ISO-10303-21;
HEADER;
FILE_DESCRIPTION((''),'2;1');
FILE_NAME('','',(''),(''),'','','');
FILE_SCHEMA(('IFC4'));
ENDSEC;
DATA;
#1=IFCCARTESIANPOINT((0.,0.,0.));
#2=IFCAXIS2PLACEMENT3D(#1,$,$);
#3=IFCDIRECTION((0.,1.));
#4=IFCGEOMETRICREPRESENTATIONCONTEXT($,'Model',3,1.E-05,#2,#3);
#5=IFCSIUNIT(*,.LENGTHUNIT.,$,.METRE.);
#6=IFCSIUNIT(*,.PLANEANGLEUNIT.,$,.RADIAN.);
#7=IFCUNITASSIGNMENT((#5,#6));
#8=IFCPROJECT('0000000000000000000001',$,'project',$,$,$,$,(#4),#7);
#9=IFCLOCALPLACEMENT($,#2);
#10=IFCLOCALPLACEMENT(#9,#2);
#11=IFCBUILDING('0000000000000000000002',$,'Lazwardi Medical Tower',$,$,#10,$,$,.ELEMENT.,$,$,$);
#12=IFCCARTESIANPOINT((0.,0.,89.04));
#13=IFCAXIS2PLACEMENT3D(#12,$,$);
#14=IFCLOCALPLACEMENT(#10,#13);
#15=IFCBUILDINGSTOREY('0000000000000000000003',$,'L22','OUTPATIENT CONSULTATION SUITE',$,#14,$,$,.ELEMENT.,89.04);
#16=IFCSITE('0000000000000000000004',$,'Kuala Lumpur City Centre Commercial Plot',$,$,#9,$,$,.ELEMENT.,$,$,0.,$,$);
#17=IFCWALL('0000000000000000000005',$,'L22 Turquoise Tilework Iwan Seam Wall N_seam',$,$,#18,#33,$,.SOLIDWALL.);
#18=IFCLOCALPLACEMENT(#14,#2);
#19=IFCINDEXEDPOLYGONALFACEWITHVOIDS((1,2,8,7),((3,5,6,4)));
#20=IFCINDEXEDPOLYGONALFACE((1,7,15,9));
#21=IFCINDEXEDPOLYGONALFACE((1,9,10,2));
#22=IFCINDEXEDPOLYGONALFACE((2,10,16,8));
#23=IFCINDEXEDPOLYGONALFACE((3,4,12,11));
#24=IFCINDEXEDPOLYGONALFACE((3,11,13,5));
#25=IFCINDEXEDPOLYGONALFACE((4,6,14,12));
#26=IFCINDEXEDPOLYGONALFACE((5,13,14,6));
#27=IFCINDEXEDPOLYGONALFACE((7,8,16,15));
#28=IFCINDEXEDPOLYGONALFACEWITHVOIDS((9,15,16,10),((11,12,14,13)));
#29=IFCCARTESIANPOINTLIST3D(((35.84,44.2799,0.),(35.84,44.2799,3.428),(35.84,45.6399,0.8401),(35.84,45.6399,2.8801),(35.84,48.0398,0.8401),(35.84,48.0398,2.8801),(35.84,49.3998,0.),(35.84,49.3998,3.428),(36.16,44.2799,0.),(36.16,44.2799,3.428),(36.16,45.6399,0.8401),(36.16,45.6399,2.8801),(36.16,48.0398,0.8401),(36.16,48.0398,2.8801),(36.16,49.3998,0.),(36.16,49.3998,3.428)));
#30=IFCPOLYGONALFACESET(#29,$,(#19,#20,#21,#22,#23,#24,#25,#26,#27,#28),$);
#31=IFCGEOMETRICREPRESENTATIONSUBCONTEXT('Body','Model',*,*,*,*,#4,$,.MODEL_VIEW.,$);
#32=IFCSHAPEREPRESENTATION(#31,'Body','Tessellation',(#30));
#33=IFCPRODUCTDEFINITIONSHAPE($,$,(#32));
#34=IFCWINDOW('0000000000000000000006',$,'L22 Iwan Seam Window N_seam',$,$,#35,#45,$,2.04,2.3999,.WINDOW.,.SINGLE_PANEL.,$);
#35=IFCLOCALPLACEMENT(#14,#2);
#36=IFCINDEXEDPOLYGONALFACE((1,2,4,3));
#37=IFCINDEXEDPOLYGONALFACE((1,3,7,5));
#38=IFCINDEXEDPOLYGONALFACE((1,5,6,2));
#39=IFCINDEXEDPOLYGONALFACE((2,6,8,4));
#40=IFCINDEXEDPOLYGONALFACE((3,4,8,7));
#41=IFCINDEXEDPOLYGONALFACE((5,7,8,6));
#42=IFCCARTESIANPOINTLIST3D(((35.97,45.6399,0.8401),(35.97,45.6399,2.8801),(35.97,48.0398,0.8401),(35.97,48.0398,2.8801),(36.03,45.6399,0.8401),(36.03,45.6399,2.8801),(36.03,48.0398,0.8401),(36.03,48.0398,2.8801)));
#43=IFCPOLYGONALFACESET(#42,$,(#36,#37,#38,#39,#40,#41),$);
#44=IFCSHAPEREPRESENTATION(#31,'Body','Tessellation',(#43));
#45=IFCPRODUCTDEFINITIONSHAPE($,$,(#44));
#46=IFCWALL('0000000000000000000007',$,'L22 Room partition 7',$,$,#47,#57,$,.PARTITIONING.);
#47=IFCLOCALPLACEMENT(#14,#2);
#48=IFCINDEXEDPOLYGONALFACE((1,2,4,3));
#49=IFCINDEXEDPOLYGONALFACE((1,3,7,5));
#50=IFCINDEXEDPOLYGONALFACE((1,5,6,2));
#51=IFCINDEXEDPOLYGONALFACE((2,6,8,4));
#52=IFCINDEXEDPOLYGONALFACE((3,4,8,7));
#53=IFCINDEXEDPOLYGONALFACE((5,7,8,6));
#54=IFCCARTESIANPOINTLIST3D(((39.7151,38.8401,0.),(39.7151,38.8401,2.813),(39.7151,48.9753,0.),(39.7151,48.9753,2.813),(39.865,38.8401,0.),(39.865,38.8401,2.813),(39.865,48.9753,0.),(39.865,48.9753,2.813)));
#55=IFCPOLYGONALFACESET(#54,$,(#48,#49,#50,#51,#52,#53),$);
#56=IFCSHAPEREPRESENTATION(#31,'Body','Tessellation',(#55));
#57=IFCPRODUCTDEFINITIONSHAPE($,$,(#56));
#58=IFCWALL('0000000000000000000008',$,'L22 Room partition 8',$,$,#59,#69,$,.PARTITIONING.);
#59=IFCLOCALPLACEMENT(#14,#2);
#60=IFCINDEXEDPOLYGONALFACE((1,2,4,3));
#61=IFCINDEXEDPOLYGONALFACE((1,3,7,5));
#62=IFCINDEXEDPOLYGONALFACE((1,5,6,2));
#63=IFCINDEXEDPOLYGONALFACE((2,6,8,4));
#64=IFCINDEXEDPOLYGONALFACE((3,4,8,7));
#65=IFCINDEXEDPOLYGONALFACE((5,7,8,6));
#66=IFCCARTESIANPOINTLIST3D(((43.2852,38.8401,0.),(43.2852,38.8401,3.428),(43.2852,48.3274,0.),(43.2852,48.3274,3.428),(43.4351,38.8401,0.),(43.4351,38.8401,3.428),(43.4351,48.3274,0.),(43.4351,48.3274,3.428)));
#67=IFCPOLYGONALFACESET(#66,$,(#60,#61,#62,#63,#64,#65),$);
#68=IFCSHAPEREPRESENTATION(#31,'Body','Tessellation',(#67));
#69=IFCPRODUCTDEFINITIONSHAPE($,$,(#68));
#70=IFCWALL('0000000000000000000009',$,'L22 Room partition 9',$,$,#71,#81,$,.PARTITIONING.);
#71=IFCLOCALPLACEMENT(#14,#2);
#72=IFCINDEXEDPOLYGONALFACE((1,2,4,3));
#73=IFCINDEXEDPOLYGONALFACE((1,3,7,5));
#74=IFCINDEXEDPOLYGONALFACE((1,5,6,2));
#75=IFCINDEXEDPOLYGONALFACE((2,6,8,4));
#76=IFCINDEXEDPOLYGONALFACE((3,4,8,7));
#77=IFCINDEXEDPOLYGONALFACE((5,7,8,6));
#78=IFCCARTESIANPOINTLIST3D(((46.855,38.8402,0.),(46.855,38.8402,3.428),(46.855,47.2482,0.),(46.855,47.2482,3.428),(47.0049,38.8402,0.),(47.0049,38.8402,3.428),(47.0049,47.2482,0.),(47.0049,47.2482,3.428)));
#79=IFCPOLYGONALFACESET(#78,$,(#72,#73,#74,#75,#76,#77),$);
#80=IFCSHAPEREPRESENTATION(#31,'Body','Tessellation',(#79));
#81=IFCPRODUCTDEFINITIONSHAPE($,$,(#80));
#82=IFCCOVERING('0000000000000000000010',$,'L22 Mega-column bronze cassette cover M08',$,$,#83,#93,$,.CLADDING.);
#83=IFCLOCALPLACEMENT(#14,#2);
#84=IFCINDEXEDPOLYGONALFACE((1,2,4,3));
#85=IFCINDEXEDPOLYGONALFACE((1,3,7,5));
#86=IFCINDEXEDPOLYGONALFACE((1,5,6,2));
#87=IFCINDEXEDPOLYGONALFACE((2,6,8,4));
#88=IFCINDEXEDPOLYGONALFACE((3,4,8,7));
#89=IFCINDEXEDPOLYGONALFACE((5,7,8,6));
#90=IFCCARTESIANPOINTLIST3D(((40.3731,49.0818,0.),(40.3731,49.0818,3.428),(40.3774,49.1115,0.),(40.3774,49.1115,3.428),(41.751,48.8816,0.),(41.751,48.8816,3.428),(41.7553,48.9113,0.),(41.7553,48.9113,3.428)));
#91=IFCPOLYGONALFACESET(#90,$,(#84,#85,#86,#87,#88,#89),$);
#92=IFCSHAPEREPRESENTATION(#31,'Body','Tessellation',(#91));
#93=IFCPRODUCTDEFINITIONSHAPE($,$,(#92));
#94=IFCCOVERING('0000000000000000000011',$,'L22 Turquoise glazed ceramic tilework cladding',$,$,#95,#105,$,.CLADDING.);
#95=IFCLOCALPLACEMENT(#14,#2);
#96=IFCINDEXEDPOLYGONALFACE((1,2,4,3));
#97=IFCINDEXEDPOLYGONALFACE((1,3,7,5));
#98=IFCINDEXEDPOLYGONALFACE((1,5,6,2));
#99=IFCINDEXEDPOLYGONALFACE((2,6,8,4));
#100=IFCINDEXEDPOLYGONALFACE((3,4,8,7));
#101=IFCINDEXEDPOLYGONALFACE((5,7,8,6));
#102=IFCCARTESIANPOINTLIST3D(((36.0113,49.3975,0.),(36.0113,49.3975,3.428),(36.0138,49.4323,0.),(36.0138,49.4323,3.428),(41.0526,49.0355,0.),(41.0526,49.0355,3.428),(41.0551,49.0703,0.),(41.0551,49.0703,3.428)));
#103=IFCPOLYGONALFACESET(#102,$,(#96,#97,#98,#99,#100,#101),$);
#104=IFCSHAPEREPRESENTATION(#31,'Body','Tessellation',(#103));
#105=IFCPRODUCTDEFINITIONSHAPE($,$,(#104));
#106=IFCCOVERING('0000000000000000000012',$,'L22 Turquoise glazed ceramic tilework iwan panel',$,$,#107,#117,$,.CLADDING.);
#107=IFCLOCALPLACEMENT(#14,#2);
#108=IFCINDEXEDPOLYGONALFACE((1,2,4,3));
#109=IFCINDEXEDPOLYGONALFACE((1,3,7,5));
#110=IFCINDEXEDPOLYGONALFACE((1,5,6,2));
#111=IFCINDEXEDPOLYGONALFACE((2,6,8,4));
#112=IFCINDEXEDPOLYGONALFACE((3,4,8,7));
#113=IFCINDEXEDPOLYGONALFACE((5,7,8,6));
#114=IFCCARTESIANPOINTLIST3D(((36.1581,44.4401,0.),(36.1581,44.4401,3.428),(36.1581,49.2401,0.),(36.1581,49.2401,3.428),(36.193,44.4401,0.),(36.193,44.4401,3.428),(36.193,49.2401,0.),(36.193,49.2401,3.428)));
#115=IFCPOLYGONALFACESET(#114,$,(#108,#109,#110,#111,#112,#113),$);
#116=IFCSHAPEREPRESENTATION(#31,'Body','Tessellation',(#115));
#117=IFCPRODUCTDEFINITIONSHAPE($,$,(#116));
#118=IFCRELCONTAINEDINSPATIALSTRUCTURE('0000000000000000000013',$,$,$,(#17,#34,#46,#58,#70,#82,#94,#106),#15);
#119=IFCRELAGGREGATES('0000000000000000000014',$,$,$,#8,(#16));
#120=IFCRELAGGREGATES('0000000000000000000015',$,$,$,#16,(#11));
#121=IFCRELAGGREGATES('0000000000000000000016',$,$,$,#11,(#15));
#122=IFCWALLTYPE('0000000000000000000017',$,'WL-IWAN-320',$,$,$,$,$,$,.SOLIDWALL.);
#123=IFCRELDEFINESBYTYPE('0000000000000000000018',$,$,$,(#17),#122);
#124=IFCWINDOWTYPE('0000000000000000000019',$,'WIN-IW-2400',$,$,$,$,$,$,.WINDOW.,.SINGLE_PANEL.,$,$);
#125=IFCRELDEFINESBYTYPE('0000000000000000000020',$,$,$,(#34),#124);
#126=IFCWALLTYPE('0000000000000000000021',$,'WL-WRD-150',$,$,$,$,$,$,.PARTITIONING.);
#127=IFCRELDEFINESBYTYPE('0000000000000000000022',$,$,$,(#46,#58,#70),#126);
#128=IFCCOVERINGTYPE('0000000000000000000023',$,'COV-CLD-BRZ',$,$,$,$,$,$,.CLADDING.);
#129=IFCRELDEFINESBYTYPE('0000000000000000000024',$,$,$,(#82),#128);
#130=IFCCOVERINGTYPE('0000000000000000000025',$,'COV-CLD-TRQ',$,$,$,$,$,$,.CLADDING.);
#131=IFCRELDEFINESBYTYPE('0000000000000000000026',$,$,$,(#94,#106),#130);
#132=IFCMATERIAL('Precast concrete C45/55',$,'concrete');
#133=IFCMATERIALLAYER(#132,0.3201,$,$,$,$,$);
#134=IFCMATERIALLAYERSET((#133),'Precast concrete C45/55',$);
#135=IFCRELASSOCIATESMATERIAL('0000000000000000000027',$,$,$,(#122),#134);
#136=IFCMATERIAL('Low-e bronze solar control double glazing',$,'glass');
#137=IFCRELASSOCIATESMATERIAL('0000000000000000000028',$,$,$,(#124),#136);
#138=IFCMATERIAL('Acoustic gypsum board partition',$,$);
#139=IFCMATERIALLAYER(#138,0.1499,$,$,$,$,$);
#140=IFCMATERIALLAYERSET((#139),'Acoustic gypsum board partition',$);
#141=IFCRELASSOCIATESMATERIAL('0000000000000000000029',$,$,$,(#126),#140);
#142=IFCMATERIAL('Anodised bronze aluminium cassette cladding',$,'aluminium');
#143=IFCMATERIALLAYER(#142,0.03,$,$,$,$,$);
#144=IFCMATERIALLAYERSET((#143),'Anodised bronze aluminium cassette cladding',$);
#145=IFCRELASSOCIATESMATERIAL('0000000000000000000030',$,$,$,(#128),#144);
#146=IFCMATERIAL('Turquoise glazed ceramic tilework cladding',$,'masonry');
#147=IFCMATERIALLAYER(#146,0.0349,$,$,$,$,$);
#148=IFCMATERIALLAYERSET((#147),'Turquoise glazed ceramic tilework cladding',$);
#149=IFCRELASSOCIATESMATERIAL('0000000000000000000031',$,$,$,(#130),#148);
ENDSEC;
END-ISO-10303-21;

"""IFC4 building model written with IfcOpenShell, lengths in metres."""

from ifc_helpers import new_model, si_unit, direction, frame, frame_2d, origin, origin_2d, place, context, subcontext, project, spatial, rectangle, extrude, material, layer, layer_set, type_object, element, fill, save


model = new_model("IFC4")

# Units and contexts
model_context = context("Model", 3, precision=1e-05, world=origin(), true_north=direction((0.0, 1.0)))
body_context = subcontext(model_context, "Body", "Model", "MODEL_VIEW")
ifc_project = project(units=[si_unit("LENGTHUNIT", "METRE"), si_unit("PLANEANGLEUNIT", "RADIAN")], contexts=[model_context])

# Site, building, storey
site_placement = place(None, origin())
site = spatial("IfcSite", under=ifc_project, at=site_placement, Name="Kuala Lumpur City Centre Commercial Plot", CompositionType="ELEMENT", RefElevation=0.0)
building_placement = place(site_placement, origin())
building = spatial("IfcBuilding", under=site, at=building_placement, Name="Lazwardi Medical Tower", CompositionType="ELEMENT")
storey_placement = place(building_placement, frame((0.0, 0.0, 89.04)))
storey = spatial("IfcBuildingStorey", under=building, at=storey_placement, Name="L22", Description="OUTPATIENT CONSULTATION SUITE", CompositionType="ELEMENT", Elevation=89.04)

# Shared definitions
ifc_material_1 = material(Name="Low-e bronze solar control double glazing", Category="glass")

# Wall, opening, window
ifc_material_2 = material(Name="Precast concrete C45/55", Category="concrete")
ifc_layer_1 = layer(ifc_material_2, 0.3201)
ifc_layer_set_1 = layer_set([ifc_layer_1], Name="Precast concrete C45/55")
wall_type_1 = type_object("IfcWallType", Name="WL-IWAN-320", PredefinedType="SOLIDWALL", material=ifc_layer_set_1)
wall_1_placement = place(storey_placement, frame((36.0, 49.3999, 0.0), z_axis=(0.0, 0.0, 1.0), x_axis=(0.0, -1.0, 0.0)))
wall_1 = element("IfcWall", 1, at=wall_1_placement, inside=storey, type_object=wall_type_1, Name="L22 Turquoise Tilework Iwan Seam Wall N_seam", PredefinedType="SOLIDWALL", context=body_context, shape_type="SweptSolid", body=[
    extrude(rectangle(XDim=5.1199, YDim=0.3201, at=frame_2d((2.5601, 0.0))), origin(), (0.0, 0.0, 1.0), 3.428),
])
opening_1_placement = place(wall_1_placement, frame((1.3601, 0.0, 0.8401)))
opening_1 = element("IfcOpeningElement", 2, at=opening_1_placement, cuts=wall_1, PredefinedType="OPENING", context=body_context, shape_type="SweptSolid", body=[
    extrude(rectangle(XDim=2.3999, YDim=2.04, at=frame_2d((1.2, 1.02))), frame((0.0, 0.1699, 0.0), z_axis=(0.0, -1.0, 0.0), x_axis=(1.0, 0.0, 0.0)), (0.0, 0.0, 1.0), 0.3401),
])
window_type_1 = type_object("IfcWindowType", Name="WIN-IW-2400", PartitioningType="SINGLE_PANEL", PredefinedType="WINDOW", material=ifc_material_1)
window_1_placement = place(opening_1_placement, origin())
window_1 = element("IfcWindow", 3, at=window_1_placement, inside=storey, type_object=window_type_1, Name="L22 Iwan Seam Window N_seam", OverallHeight=2.04, OverallWidth=2.3999, PartitioningType="SINGLE_PANEL", PredefinedType="WINDOW", context=body_context, shape_type="SweptSolid", body=[
    extrude(rectangle(XDim=2.3999, YDim=2.04, at=frame_2d((1.2, 1.02))), frame((0.0, 0.03, 0.0), z_axis=(0.0, -1.0, 0.0), x_axis=(1.0, 0.0, 0.0)), (0.0, 0.0, 1.0), 0.0601),
])
fill(opening_1, window_1)

# Walls
ifc_material_3 = material(Name="Acoustic gypsum board partition")
ifc_layer_2 = layer(ifc_material_3, 0.1499)
ifc_layer_set_2 = layer_set([ifc_layer_2], Name="Acoustic gypsum board partition")
wall_type_2 = type_object("IfcWallType", Name="WL-WRD-150", PredefinedType="PARTITIONING", material=ifc_layer_set_2)
wall_2_placement = place(storey_placement, frame((39.79, 38.8401, 0.0), z_axis=(0.0, 0.0, 1.0), x_axis=(0.0, 1.0, 0.0)))
element("IfcWall", 4, at=wall_2_placement, inside=storey, type_object=wall_type_2, Name="L22 Room partition 7", PredefinedType="PARTITIONING", context=body_context, shape_type="SweptSolid", body=[
    extrude(rectangle(XDim=10.1353, YDim=0.1499, at=frame_2d((5.0676, 0.0))), origin(), (0.0, 0.0, 1.0), 2.813),
])
wall_3_placement = place(storey_placement, frame((43.3601, 38.8401, 0.0), z_axis=(0.0, 0.0, 1.0), x_axis=(0.0, 1.0, 0.0)))
element("IfcWall", 5, at=wall_3_placement, inside=storey, type_object=wall_type_2, Name="L22 Room partition 8", PredefinedType="PARTITIONING", context=body_context, shape_type="SweptSolid", body=[
    extrude(rectangle(XDim=9.4873, YDim=0.1499, at=frame_2d((4.7437, 0.0))), origin(), (0.0, 0.0, 1.0), 3.428),
])
wall_4_placement = place(storey_placement, frame((46.9299, 38.8401, 0.0), z_axis=(0.0, 0.0, 1.0), x_axis=(0.0, 1.0, 0.0)))
element("IfcWall", 6, at=wall_4_placement, inside=storey, type_object=wall_type_2, Name="L22 Room partition 9", PredefinedType="PARTITIONING", context=body_context, shape_type="SweptSolid", body=[
    extrude(rectangle(XDim=8.408, YDim=0.1499, at=frame_2d((4.2041, 0.0))), origin(), (0.0, 0.0, 1.0), 3.428),
])

# Coverings
ifc_material_4 = material(Name="Anodised bronze aluminium cassette cladding", Category="aluminium")
ifc_layer_3 = layer(ifc_material_4, 0.03)
ifc_layer_set_3 = layer_set([ifc_layer_3], Name="Anodised bronze aluminium cassette cladding")
covering_type_1 = type_object("IfcCoveringType", Name="COV-CLD-BRZ", PredefinedType="CLADDING", material=ifc_layer_set_3)
covering_1_placement = place(storey_placement, frame((41.0642, 48.9966, 0.0), z_axis=(0.0, 0.0, 1.0), x_axis=(-0.989609, 0.143785, 0.0)))
element("IfcCovering", 7, at=covering_1_placement, inside=storey, type_object=covering_type_1, Name="L22 Mega-column bronze cassette cover M08", PredefinedType="CLADDING", context=body_context, shape_type="SweptSolid", body=[
    extrude(rectangle(XDim=1.3923, YDim=0.03, at=origin_2d()), origin(), (0.0, 0.0, 1.0), 3.428),
])
ifc_material_5 = material(Name="Turquoise glazed ceramic tilework cladding", Category="masonry")
ifc_layer_4 = layer(ifc_material_5, 0.0349)
ifc_layer_set_4 = layer_set([ifc_layer_4], Name="Turquoise glazed ceramic tilework cladding")
covering_type_2 = type_object("IfcCoveringType", Name="COV-CLD-TRQ", PredefinedType="CLADDING", material=ifc_layer_set_4)
covering_2_placement = place(storey_placement, frame((38.5332, 49.2339, 0.0), z_axis=(0.0, 0.0, 1.0), x_axis=(-0.997432, 0.071625, 0.0)))
element("IfcCovering", 8, at=covering_2_placement, inside=storey, type_object=covering_type_2, Name="L22 Turquoise glazed ceramic tilework cladding", PredefinedType="CLADDING", context=body_context, shape_type="SweptSolid", body=[
    extrude(rectangle(XDim=5.0542, YDim=0.0349, at=origin_2d()), origin(), (0.0, 0.0, 1.0), 3.428),
])
covering_3_placement = place(storey_placement, frame((36.1755, 46.8401, 0.0), z_axis=(0.0, 0.0, 1.0), x_axis=(0.0, -1.0, 0.0)))
element("IfcCovering", 9, at=covering_3_placement, inside=storey, type_object=covering_type_2, Name="L22 Turquoise glazed ceramic tilework iwan panel", PredefinedType="CLADDING", context=body_context, shape_type="SweptSolid", body=[
    extrude(rectangle(XDim=4.8, YDim=0.0349, at=origin_2d()), origin(), (0.0, 0.0, 1.0), 3.428),
])

save(model, "model.ifc")
